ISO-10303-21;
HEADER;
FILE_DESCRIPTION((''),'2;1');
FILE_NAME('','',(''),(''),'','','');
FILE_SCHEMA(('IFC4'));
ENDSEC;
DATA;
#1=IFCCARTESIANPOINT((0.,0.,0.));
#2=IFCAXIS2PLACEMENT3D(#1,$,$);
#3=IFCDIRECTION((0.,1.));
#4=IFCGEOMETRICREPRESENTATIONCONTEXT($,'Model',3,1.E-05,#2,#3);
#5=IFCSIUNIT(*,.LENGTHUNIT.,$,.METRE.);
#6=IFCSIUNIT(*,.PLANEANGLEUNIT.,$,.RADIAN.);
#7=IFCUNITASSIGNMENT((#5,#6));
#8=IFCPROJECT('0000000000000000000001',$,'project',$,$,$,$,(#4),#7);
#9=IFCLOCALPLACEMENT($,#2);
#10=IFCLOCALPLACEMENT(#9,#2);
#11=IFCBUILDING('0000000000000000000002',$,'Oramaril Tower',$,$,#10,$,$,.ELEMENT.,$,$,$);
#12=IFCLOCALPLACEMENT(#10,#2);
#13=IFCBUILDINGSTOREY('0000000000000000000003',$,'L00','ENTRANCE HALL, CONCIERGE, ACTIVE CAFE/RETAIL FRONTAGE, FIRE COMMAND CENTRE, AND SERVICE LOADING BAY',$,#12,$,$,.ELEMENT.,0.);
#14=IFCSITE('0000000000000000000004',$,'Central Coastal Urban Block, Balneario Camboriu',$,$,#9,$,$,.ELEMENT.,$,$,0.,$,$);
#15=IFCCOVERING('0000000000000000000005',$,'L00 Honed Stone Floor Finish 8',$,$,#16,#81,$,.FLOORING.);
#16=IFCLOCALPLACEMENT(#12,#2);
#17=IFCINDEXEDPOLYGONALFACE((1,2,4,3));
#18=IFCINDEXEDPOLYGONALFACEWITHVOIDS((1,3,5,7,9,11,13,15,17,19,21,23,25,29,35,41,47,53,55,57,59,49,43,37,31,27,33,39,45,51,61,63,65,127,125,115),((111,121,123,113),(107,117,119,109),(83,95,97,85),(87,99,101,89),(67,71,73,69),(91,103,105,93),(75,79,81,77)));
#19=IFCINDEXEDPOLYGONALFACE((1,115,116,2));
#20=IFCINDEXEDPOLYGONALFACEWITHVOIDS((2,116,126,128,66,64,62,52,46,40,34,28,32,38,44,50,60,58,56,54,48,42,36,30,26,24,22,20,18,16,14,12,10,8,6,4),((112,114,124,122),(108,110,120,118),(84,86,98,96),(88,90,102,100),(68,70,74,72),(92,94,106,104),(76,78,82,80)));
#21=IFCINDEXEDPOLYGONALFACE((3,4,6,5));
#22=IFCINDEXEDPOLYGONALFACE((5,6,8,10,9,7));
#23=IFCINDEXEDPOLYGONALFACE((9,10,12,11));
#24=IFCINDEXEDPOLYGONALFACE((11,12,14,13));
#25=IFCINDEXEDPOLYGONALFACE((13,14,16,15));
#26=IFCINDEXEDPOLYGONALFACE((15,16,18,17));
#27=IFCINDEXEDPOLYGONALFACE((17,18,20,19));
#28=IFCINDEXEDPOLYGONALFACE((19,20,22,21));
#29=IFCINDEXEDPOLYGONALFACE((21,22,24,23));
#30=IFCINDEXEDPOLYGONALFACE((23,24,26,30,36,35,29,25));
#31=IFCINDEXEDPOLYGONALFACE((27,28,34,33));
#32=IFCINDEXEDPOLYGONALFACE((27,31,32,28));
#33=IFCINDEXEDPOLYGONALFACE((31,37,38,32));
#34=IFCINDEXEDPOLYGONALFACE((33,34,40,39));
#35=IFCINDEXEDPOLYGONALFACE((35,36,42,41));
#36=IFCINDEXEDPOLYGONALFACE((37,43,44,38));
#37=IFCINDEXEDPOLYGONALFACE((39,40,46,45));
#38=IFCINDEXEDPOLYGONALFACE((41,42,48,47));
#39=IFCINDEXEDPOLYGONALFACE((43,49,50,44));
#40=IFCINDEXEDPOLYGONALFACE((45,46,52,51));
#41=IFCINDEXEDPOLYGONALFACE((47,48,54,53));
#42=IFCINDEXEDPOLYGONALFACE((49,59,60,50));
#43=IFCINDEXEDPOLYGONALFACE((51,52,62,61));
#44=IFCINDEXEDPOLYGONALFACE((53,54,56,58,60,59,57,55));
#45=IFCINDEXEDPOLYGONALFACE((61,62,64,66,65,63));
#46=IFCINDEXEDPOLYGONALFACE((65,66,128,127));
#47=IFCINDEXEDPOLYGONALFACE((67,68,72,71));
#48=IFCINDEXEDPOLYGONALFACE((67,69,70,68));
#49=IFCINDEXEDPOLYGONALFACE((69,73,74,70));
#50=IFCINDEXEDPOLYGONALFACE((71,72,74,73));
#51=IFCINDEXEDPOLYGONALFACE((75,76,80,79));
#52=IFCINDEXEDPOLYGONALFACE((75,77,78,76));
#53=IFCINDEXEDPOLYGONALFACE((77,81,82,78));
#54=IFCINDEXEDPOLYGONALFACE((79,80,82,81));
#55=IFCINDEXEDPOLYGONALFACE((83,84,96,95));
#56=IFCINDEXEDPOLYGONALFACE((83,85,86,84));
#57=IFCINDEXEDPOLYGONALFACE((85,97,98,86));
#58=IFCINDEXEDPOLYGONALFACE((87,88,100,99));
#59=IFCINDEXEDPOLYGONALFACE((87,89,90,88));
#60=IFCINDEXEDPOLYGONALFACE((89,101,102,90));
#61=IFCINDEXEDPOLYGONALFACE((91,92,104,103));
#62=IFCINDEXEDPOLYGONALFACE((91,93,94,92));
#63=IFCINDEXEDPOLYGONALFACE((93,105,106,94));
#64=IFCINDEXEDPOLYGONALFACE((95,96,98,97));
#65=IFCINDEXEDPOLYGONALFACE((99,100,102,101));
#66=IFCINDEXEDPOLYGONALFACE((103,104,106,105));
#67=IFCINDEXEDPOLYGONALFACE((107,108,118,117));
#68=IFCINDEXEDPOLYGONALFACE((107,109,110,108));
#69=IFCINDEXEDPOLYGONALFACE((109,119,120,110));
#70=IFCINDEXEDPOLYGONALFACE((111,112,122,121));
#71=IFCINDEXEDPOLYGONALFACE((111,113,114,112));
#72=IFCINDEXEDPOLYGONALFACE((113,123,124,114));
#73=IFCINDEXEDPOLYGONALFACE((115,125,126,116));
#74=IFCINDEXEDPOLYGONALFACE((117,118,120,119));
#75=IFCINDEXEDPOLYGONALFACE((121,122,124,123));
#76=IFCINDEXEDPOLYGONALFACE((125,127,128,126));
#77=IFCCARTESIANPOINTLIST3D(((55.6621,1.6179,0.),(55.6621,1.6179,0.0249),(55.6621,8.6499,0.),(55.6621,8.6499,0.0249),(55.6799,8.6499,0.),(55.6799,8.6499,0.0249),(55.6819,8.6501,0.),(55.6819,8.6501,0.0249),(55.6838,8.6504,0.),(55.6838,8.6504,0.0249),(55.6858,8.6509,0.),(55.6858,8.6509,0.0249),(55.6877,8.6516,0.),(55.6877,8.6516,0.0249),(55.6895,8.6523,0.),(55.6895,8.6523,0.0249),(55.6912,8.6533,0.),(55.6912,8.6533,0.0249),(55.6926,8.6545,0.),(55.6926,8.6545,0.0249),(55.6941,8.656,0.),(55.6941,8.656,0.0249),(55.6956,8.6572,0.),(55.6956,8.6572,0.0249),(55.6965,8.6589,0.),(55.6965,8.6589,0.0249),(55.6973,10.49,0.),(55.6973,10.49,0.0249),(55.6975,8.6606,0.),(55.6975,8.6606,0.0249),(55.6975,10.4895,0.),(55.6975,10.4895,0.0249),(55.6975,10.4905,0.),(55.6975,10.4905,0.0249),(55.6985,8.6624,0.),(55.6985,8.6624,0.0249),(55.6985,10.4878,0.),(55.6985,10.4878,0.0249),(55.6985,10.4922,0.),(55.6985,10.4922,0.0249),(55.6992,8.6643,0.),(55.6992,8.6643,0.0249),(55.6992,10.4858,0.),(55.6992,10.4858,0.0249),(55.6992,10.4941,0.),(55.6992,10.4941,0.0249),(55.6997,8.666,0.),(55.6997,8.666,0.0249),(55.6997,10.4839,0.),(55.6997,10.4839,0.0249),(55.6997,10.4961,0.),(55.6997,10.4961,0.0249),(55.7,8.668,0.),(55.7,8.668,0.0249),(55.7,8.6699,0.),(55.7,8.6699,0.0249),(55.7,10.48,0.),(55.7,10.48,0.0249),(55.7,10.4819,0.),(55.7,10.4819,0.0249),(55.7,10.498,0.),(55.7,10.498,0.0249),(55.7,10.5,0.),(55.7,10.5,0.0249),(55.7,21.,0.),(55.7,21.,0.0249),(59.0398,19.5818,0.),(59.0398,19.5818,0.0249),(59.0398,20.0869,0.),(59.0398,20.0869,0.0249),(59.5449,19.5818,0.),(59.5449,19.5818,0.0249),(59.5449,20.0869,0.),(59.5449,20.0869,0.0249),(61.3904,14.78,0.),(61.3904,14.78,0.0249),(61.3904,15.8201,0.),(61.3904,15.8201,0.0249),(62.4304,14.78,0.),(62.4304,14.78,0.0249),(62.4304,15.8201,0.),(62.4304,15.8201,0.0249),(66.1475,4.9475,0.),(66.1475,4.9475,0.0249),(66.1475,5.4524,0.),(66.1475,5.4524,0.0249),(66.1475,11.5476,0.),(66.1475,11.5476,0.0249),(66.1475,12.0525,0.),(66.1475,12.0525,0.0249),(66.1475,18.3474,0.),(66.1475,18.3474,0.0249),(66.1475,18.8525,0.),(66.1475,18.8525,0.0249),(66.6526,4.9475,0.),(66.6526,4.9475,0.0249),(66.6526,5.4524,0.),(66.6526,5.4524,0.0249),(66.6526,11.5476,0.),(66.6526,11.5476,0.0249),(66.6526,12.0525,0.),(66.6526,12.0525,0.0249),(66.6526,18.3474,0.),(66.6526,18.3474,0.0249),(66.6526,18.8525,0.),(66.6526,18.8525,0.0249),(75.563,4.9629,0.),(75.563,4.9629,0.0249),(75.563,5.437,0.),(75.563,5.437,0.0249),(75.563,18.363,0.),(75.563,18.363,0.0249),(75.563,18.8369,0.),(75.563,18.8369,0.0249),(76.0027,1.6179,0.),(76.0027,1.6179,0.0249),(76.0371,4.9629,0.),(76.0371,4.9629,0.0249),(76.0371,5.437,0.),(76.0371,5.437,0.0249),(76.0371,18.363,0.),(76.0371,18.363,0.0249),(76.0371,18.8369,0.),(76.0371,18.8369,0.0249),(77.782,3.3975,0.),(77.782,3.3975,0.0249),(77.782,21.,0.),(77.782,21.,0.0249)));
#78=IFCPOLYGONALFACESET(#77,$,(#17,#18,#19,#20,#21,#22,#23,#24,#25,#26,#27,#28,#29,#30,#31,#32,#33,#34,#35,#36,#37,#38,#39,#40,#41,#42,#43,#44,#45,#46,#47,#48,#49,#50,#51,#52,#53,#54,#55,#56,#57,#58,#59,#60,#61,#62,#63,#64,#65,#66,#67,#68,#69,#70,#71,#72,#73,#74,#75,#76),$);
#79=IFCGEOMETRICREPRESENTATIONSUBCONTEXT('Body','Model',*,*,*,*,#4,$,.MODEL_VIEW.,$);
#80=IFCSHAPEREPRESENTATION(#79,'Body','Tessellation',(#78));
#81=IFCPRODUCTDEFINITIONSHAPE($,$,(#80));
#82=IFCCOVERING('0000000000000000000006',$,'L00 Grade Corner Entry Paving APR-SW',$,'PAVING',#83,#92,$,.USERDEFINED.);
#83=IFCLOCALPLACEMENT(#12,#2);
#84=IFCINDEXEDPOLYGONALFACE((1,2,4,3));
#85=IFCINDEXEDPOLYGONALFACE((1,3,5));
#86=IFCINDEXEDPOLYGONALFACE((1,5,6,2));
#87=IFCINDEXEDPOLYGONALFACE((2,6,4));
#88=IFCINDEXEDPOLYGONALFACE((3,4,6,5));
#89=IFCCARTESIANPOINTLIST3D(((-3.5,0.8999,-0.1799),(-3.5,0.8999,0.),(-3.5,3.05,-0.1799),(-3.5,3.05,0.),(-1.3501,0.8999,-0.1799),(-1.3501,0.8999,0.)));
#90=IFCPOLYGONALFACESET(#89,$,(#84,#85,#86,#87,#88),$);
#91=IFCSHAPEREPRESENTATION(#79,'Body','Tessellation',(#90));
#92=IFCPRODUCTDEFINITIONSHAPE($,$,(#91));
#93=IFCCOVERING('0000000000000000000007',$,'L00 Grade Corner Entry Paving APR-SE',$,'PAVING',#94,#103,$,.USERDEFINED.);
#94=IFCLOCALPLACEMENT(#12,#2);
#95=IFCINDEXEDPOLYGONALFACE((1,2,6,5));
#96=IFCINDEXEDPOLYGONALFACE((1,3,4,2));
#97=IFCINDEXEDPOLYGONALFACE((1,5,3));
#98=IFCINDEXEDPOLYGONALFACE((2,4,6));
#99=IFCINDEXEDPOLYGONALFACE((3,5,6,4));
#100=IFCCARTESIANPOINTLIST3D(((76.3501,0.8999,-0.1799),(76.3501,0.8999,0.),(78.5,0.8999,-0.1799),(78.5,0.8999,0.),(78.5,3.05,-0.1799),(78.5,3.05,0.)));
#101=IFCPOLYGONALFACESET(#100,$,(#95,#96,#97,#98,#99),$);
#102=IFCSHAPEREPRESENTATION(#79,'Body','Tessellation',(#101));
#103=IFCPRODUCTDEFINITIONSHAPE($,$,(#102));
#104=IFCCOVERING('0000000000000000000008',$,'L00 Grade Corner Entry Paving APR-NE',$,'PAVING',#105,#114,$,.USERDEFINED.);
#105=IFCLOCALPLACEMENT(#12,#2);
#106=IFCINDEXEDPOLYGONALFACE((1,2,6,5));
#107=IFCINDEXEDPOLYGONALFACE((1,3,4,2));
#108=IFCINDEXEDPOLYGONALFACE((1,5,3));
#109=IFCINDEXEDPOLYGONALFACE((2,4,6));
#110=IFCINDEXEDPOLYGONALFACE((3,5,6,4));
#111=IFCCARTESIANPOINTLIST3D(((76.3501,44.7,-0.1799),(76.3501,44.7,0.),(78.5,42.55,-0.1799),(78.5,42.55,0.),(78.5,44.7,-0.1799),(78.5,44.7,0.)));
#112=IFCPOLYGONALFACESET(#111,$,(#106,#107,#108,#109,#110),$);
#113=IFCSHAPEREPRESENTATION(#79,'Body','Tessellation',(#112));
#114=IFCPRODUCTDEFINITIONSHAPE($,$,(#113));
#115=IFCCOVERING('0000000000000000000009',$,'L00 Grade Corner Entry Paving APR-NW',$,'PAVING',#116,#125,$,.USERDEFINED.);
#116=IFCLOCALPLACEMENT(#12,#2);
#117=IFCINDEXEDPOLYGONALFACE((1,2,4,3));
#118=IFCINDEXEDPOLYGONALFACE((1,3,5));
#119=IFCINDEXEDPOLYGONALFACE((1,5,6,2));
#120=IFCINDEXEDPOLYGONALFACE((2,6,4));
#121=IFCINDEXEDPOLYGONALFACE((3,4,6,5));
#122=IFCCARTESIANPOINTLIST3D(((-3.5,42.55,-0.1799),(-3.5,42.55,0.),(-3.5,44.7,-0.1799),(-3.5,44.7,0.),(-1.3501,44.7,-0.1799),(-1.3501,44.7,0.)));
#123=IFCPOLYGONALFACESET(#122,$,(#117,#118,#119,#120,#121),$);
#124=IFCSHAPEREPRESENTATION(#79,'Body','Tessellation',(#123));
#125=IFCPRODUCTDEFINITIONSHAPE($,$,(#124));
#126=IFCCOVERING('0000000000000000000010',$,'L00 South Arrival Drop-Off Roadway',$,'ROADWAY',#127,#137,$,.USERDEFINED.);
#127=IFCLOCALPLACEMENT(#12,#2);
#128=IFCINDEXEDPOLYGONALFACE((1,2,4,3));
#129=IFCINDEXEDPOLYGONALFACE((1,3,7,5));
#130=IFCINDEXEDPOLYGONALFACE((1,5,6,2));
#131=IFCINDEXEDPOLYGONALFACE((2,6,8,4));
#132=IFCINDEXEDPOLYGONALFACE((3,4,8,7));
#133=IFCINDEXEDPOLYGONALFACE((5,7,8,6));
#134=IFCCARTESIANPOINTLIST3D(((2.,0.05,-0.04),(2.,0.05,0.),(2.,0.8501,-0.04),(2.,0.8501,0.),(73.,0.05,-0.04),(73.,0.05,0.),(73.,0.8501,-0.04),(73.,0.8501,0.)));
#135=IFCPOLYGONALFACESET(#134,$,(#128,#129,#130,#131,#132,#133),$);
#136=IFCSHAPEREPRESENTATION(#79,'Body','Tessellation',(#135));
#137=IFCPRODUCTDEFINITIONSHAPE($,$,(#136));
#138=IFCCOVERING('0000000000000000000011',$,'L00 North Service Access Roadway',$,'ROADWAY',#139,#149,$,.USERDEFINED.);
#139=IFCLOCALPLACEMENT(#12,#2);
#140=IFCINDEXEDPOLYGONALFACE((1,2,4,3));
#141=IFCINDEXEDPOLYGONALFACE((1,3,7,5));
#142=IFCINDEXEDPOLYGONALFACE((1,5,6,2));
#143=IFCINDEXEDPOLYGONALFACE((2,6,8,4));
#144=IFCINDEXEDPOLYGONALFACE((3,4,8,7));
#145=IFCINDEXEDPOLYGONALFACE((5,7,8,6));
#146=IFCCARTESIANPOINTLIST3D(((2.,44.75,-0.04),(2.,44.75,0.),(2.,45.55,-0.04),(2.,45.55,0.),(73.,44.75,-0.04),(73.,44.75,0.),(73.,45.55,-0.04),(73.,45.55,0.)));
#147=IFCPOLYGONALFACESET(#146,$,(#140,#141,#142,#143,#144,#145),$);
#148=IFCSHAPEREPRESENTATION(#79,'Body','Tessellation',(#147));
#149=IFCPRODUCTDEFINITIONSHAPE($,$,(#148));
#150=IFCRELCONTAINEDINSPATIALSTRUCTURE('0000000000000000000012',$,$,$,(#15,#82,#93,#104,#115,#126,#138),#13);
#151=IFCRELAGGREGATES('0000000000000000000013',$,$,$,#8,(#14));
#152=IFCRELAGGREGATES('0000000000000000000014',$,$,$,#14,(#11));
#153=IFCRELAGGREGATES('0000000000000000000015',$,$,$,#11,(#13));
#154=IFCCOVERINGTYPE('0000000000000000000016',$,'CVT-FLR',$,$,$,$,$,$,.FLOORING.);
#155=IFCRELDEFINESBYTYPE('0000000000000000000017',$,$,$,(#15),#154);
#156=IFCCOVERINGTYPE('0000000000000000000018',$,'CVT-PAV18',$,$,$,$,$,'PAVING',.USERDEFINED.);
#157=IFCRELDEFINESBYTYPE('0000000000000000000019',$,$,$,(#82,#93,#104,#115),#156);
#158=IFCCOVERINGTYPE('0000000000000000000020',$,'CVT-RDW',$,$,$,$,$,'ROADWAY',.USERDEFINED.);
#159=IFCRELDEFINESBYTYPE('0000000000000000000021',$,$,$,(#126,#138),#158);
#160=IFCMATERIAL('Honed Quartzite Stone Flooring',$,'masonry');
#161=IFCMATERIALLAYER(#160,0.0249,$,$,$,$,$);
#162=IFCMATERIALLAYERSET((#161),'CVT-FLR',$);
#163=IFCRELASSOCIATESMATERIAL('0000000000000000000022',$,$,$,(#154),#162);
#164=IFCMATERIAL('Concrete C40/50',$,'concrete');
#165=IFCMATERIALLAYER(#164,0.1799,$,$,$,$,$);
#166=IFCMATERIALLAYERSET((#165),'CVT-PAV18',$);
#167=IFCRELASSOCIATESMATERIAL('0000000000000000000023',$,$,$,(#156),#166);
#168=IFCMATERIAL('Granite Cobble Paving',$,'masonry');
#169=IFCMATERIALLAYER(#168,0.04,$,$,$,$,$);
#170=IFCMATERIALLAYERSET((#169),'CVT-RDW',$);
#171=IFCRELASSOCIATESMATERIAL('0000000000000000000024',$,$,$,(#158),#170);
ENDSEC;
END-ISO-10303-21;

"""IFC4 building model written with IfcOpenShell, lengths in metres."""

from ifc_helpers import new_model, si_unit, direction, frame, origin, place, context, subcontext, project, spatial, polyline, outline, extrude, material, layer, layer_set, type_object, element, save


model = new_model("IFC4")

# Units and contexts
model_context = context("Model", 3, precision=1e-05, world=origin(), true_north=direction((0.0, 1.0)))
body_context = subcontext(model_context, "Body", "Model", "MODEL_VIEW")
ifc_project = project(units=[si_unit("LENGTHUNIT", "METRE"), si_unit("PLANEANGLEUNIT", "RADIAN")], contexts=[model_context])

# Site, building, storey
site_placement = place(None, origin())
site = spatial("IfcSite", under=ifc_project, at=site_placement, Name="Central Coastal Urban Block, Balneario Camboriu", CompositionType="ELEMENT", RefElevation=0.0)
building_placement = place(site_placement, origin())
building = spatial("IfcBuilding", under=site, at=building_placement, Name="Oramaril Tower", CompositionType="ELEMENT")
storey_placement = place(building_placement, origin())
storey = spatial("IfcBuildingStorey", under=building, at=storey_placement, Name="L00", Description="ENTRANCE HALL, CONCIERGE, ACTIVE CAFE/RETAIL FRONTAGE, FIRE COMMAND CENTRE, AND SERVICE LOADING BAY", CompositionType="ELEMENT", Elevation=0.0)

# Coverings
ifc_material_1 = material(Name="Honed Quartzite Stone Flooring", Category="masonry")
ifc_layer_1 = layer(ifc_material_1, 0.0249)
ifc_layer_set_1 = layer_set([ifc_layer_1], Name="CVT-FLR")
covering_type_1 = type_object("IfcCoveringType", Name="CVT-FLR", PredefinedType="FLOORING", material=ifc_layer_set_1)
covering_1_placement = place(storey_placement, origin())
element("IfcCovering", 1, at=covering_1_placement, inside=storey, type_object=covering_type_1, Name="L00 Honed Stone Floor Finish 8", PredefinedType="FLOORING", context=body_context, shape_type="SweptSolid", body=[
    extrude(outline(polyline([(76.0027, 1.6179), (55.6621, 1.6179), (55.6621, 8.6499), (55.6799, 8.6499), (55.6819, 8.6501), (55.6838, 8.6504), (55.6858, 8.6509), (55.6877, 8.6516), (55.6895, 8.6523), (55.6912, 8.6533), (55.6926, 8.6545), (55.6941, 8.656), (55.6956, 8.6572), (55.6965, 8.6589), (55.6975, 8.6606), (55.6985, 8.6624), (55.6992, 8.6643), (55.6997, 8.666), (55.7, 8.668), (55.7, 8.6699), (55.7, 10.48), (55.7, 10.4819), (55.6997, 10.4839), (55.6992, 10.4858), (55.6985, 10.4878), (55.6975, 10.4895), (55.6973, 10.49), (55.6975, 10.4905), (55.6985, 10.4922), (55.6992, 10.4941), (55.6997, 10.4961), (55.7, 10.498), (55.7, 10.5), (55.7, 21.0), (77.782, 21.0), (77.782, 3.3975), (76.0027, 1.6179)]), holes=[polyline([(66.6526, 5.4524), (66.1475, 5.4524), (66.1475, 4.9475), (66.6526, 4.9475), (66.6526, 5.4524)]), polyline([(76.0371, 4.9629), (76.0371, 5.437), (75.563, 5.437), (75.563, 4.9629), (76.0371, 4.9629)]), polyline([(66.6526, 11.5476), (66.6526, 12.0525), (66.1475, 12.0525), (66.1475, 11.5476), (66.6526, 11.5476)]), polyline([(62.4304, 15.8201), (61.3904, 15.8201), (61.3904, 14.78), (62.4304, 14.78), (62.4304, 15.8201)]), polyline([(66.6526, 18.3474), (66.6526, 18.8525), (66.1475, 18.8525), (66.1475, 18.3474), (66.6526, 18.3474)]), polyline([(76.0371, 18.8369), (75.563, 18.8369), (75.563, 18.363), (76.0371, 18.363), (76.0371, 18.8369)]), polyline([(59.5449, 19.5818), (59.5449, 20.0869), (59.0398, 20.0869), (59.0398, 19.5818), (59.5449, 19.5818)])]), origin(), (0.0, 0.0, 1.0), 0.0249),
])
ifc_material_2 = material(Name="Concrete C40/50", Category="concrete")
ifc_layer_2 = layer(ifc_material_2, 0.1799)
ifc_layer_set_2 = layer_set([ifc_layer_2], Name="CVT-PAV18")
covering_type_2 = type_object("IfcCoveringType", Name="CVT-PAV18", ElementType="PAVING", PredefinedType="USERDEFINED", material=ifc_layer_set_2)
covering_2_placement = place(storey_placement, frame((0.0, 0.0, -0.1799)))
element("IfcCovering", 2, at=covering_2_placement, inside=storey, type_object=covering_type_2, Name="L00 Grade Corner Entry Paving APR-SW", ObjectType="PAVING", PredefinedType="USERDEFINED", context=body_context, shape_type="SweptSolid", body=[
    extrude(outline(polyline([(-3.5, 0.8999), (-1.3501, 0.8999), (-3.5, 3.05), (-3.5, 0.8999)])), origin(), (0.0, 0.0, 1.0), 0.1799),
])
covering_3_placement = place(storey_placement, frame((0.0, 0.0, -0.1799)))
element("IfcCovering", 3, at=covering_3_placement, inside=storey, type_object=covering_type_2, Name="L00 Grade Corner Entry Paving APR-SE", ObjectType="PAVING", PredefinedType="USERDEFINED", context=body_context, shape_type="SweptSolid", body=[
    extrude(outline(polyline([(76.3501, 0.8999), (78.5, 0.8999), (78.5, 3.05), (76.3501, 0.8999)])), origin(), (0.0, 0.0, 1.0), 0.1799),
])
covering_4_placement = place(storey_placement, frame((0.0, 0.0, -0.1799)))
element("IfcCovering", 4, at=covering_4_placement, inside=storey, type_object=covering_type_2, Name="L00 Grade Corner Entry Paving APR-NE", ObjectType="PAVING", PredefinedType="USERDEFINED", context=body_context, shape_type="SweptSolid", body=[
    extrude(outline(polyline([(78.5, 42.55), (78.5, 44.7), (76.3501, 44.7), (78.5, 42.55)])), origin(), (0.0, 0.0, 1.0), 0.1799),
])
covering_5_placement = place(storey_placement, frame((0.0, 0.0, -0.1799)))
element("IfcCovering", 5, at=covering_5_placement, inside=storey, type_object=covering_type_2, Name="L00 Grade Corner Entry Paving APR-NW", ObjectType="PAVING", PredefinedType="USERDEFINED", context=body_context, shape_type="SweptSolid", body=[
    extrude(outline(polyline([(-3.5, 44.7), (-3.5, 42.55), (-1.3501, 44.7), (-3.5, 44.7)])), origin(), (0.0, 0.0, 1.0), 0.1799),
])
ifc_material_3 = material(Name="Granite Cobble Paving", Category="masonry")
ifc_layer_3 = layer(ifc_material_3, 0.04)
ifc_layer_set_3 = layer_set([ifc_layer_3], Name="CVT-RDW")
covering_type_3 = type_object("IfcCoveringType", Name="CVT-RDW", ElementType="ROADWAY", PredefinedType="USERDEFINED", material=ifc_layer_set_3)
covering_6_placement = place(storey_placement, frame((0.0, 0.0, -0.04)))
element("IfcCovering", 6, at=covering_6_placement, inside=storey, type_object=covering_type_3, Name="L00 South Arrival Drop-Off Roadway", ObjectType="ROADWAY", PredefinedType="USERDEFINED", context=body_context, shape_type="SweptSolid", body=[
    extrude(outline(polyline([(2.0, 0.05), (73.0, 0.05), (73.0, 0.8501), (2.0, 0.8501), (2.0, 0.05)])), origin(), (0.0, 0.0, 1.0), 0.04),
])
covering_7_placement = place(storey_placement, frame((0.0, 0.0, -0.04)))
element("IfcCovering", 7, at=covering_7_placement, inside=storey, type_object=covering_type_3, Name="L00 North Service Access Roadway", ObjectType="ROADWAY", PredefinedType="USERDEFINED", context=body_context, shape_type="SweptSolid", body=[
    extrude(outline(polyline([(2.0, 44.75), (73.0, 44.75), (73.0, 45.55), (2.0, 45.55), (2.0, 44.75)])), origin(), (0.0, 0.0, 1.0), 0.04),
])

save(model, "model.ifc")
